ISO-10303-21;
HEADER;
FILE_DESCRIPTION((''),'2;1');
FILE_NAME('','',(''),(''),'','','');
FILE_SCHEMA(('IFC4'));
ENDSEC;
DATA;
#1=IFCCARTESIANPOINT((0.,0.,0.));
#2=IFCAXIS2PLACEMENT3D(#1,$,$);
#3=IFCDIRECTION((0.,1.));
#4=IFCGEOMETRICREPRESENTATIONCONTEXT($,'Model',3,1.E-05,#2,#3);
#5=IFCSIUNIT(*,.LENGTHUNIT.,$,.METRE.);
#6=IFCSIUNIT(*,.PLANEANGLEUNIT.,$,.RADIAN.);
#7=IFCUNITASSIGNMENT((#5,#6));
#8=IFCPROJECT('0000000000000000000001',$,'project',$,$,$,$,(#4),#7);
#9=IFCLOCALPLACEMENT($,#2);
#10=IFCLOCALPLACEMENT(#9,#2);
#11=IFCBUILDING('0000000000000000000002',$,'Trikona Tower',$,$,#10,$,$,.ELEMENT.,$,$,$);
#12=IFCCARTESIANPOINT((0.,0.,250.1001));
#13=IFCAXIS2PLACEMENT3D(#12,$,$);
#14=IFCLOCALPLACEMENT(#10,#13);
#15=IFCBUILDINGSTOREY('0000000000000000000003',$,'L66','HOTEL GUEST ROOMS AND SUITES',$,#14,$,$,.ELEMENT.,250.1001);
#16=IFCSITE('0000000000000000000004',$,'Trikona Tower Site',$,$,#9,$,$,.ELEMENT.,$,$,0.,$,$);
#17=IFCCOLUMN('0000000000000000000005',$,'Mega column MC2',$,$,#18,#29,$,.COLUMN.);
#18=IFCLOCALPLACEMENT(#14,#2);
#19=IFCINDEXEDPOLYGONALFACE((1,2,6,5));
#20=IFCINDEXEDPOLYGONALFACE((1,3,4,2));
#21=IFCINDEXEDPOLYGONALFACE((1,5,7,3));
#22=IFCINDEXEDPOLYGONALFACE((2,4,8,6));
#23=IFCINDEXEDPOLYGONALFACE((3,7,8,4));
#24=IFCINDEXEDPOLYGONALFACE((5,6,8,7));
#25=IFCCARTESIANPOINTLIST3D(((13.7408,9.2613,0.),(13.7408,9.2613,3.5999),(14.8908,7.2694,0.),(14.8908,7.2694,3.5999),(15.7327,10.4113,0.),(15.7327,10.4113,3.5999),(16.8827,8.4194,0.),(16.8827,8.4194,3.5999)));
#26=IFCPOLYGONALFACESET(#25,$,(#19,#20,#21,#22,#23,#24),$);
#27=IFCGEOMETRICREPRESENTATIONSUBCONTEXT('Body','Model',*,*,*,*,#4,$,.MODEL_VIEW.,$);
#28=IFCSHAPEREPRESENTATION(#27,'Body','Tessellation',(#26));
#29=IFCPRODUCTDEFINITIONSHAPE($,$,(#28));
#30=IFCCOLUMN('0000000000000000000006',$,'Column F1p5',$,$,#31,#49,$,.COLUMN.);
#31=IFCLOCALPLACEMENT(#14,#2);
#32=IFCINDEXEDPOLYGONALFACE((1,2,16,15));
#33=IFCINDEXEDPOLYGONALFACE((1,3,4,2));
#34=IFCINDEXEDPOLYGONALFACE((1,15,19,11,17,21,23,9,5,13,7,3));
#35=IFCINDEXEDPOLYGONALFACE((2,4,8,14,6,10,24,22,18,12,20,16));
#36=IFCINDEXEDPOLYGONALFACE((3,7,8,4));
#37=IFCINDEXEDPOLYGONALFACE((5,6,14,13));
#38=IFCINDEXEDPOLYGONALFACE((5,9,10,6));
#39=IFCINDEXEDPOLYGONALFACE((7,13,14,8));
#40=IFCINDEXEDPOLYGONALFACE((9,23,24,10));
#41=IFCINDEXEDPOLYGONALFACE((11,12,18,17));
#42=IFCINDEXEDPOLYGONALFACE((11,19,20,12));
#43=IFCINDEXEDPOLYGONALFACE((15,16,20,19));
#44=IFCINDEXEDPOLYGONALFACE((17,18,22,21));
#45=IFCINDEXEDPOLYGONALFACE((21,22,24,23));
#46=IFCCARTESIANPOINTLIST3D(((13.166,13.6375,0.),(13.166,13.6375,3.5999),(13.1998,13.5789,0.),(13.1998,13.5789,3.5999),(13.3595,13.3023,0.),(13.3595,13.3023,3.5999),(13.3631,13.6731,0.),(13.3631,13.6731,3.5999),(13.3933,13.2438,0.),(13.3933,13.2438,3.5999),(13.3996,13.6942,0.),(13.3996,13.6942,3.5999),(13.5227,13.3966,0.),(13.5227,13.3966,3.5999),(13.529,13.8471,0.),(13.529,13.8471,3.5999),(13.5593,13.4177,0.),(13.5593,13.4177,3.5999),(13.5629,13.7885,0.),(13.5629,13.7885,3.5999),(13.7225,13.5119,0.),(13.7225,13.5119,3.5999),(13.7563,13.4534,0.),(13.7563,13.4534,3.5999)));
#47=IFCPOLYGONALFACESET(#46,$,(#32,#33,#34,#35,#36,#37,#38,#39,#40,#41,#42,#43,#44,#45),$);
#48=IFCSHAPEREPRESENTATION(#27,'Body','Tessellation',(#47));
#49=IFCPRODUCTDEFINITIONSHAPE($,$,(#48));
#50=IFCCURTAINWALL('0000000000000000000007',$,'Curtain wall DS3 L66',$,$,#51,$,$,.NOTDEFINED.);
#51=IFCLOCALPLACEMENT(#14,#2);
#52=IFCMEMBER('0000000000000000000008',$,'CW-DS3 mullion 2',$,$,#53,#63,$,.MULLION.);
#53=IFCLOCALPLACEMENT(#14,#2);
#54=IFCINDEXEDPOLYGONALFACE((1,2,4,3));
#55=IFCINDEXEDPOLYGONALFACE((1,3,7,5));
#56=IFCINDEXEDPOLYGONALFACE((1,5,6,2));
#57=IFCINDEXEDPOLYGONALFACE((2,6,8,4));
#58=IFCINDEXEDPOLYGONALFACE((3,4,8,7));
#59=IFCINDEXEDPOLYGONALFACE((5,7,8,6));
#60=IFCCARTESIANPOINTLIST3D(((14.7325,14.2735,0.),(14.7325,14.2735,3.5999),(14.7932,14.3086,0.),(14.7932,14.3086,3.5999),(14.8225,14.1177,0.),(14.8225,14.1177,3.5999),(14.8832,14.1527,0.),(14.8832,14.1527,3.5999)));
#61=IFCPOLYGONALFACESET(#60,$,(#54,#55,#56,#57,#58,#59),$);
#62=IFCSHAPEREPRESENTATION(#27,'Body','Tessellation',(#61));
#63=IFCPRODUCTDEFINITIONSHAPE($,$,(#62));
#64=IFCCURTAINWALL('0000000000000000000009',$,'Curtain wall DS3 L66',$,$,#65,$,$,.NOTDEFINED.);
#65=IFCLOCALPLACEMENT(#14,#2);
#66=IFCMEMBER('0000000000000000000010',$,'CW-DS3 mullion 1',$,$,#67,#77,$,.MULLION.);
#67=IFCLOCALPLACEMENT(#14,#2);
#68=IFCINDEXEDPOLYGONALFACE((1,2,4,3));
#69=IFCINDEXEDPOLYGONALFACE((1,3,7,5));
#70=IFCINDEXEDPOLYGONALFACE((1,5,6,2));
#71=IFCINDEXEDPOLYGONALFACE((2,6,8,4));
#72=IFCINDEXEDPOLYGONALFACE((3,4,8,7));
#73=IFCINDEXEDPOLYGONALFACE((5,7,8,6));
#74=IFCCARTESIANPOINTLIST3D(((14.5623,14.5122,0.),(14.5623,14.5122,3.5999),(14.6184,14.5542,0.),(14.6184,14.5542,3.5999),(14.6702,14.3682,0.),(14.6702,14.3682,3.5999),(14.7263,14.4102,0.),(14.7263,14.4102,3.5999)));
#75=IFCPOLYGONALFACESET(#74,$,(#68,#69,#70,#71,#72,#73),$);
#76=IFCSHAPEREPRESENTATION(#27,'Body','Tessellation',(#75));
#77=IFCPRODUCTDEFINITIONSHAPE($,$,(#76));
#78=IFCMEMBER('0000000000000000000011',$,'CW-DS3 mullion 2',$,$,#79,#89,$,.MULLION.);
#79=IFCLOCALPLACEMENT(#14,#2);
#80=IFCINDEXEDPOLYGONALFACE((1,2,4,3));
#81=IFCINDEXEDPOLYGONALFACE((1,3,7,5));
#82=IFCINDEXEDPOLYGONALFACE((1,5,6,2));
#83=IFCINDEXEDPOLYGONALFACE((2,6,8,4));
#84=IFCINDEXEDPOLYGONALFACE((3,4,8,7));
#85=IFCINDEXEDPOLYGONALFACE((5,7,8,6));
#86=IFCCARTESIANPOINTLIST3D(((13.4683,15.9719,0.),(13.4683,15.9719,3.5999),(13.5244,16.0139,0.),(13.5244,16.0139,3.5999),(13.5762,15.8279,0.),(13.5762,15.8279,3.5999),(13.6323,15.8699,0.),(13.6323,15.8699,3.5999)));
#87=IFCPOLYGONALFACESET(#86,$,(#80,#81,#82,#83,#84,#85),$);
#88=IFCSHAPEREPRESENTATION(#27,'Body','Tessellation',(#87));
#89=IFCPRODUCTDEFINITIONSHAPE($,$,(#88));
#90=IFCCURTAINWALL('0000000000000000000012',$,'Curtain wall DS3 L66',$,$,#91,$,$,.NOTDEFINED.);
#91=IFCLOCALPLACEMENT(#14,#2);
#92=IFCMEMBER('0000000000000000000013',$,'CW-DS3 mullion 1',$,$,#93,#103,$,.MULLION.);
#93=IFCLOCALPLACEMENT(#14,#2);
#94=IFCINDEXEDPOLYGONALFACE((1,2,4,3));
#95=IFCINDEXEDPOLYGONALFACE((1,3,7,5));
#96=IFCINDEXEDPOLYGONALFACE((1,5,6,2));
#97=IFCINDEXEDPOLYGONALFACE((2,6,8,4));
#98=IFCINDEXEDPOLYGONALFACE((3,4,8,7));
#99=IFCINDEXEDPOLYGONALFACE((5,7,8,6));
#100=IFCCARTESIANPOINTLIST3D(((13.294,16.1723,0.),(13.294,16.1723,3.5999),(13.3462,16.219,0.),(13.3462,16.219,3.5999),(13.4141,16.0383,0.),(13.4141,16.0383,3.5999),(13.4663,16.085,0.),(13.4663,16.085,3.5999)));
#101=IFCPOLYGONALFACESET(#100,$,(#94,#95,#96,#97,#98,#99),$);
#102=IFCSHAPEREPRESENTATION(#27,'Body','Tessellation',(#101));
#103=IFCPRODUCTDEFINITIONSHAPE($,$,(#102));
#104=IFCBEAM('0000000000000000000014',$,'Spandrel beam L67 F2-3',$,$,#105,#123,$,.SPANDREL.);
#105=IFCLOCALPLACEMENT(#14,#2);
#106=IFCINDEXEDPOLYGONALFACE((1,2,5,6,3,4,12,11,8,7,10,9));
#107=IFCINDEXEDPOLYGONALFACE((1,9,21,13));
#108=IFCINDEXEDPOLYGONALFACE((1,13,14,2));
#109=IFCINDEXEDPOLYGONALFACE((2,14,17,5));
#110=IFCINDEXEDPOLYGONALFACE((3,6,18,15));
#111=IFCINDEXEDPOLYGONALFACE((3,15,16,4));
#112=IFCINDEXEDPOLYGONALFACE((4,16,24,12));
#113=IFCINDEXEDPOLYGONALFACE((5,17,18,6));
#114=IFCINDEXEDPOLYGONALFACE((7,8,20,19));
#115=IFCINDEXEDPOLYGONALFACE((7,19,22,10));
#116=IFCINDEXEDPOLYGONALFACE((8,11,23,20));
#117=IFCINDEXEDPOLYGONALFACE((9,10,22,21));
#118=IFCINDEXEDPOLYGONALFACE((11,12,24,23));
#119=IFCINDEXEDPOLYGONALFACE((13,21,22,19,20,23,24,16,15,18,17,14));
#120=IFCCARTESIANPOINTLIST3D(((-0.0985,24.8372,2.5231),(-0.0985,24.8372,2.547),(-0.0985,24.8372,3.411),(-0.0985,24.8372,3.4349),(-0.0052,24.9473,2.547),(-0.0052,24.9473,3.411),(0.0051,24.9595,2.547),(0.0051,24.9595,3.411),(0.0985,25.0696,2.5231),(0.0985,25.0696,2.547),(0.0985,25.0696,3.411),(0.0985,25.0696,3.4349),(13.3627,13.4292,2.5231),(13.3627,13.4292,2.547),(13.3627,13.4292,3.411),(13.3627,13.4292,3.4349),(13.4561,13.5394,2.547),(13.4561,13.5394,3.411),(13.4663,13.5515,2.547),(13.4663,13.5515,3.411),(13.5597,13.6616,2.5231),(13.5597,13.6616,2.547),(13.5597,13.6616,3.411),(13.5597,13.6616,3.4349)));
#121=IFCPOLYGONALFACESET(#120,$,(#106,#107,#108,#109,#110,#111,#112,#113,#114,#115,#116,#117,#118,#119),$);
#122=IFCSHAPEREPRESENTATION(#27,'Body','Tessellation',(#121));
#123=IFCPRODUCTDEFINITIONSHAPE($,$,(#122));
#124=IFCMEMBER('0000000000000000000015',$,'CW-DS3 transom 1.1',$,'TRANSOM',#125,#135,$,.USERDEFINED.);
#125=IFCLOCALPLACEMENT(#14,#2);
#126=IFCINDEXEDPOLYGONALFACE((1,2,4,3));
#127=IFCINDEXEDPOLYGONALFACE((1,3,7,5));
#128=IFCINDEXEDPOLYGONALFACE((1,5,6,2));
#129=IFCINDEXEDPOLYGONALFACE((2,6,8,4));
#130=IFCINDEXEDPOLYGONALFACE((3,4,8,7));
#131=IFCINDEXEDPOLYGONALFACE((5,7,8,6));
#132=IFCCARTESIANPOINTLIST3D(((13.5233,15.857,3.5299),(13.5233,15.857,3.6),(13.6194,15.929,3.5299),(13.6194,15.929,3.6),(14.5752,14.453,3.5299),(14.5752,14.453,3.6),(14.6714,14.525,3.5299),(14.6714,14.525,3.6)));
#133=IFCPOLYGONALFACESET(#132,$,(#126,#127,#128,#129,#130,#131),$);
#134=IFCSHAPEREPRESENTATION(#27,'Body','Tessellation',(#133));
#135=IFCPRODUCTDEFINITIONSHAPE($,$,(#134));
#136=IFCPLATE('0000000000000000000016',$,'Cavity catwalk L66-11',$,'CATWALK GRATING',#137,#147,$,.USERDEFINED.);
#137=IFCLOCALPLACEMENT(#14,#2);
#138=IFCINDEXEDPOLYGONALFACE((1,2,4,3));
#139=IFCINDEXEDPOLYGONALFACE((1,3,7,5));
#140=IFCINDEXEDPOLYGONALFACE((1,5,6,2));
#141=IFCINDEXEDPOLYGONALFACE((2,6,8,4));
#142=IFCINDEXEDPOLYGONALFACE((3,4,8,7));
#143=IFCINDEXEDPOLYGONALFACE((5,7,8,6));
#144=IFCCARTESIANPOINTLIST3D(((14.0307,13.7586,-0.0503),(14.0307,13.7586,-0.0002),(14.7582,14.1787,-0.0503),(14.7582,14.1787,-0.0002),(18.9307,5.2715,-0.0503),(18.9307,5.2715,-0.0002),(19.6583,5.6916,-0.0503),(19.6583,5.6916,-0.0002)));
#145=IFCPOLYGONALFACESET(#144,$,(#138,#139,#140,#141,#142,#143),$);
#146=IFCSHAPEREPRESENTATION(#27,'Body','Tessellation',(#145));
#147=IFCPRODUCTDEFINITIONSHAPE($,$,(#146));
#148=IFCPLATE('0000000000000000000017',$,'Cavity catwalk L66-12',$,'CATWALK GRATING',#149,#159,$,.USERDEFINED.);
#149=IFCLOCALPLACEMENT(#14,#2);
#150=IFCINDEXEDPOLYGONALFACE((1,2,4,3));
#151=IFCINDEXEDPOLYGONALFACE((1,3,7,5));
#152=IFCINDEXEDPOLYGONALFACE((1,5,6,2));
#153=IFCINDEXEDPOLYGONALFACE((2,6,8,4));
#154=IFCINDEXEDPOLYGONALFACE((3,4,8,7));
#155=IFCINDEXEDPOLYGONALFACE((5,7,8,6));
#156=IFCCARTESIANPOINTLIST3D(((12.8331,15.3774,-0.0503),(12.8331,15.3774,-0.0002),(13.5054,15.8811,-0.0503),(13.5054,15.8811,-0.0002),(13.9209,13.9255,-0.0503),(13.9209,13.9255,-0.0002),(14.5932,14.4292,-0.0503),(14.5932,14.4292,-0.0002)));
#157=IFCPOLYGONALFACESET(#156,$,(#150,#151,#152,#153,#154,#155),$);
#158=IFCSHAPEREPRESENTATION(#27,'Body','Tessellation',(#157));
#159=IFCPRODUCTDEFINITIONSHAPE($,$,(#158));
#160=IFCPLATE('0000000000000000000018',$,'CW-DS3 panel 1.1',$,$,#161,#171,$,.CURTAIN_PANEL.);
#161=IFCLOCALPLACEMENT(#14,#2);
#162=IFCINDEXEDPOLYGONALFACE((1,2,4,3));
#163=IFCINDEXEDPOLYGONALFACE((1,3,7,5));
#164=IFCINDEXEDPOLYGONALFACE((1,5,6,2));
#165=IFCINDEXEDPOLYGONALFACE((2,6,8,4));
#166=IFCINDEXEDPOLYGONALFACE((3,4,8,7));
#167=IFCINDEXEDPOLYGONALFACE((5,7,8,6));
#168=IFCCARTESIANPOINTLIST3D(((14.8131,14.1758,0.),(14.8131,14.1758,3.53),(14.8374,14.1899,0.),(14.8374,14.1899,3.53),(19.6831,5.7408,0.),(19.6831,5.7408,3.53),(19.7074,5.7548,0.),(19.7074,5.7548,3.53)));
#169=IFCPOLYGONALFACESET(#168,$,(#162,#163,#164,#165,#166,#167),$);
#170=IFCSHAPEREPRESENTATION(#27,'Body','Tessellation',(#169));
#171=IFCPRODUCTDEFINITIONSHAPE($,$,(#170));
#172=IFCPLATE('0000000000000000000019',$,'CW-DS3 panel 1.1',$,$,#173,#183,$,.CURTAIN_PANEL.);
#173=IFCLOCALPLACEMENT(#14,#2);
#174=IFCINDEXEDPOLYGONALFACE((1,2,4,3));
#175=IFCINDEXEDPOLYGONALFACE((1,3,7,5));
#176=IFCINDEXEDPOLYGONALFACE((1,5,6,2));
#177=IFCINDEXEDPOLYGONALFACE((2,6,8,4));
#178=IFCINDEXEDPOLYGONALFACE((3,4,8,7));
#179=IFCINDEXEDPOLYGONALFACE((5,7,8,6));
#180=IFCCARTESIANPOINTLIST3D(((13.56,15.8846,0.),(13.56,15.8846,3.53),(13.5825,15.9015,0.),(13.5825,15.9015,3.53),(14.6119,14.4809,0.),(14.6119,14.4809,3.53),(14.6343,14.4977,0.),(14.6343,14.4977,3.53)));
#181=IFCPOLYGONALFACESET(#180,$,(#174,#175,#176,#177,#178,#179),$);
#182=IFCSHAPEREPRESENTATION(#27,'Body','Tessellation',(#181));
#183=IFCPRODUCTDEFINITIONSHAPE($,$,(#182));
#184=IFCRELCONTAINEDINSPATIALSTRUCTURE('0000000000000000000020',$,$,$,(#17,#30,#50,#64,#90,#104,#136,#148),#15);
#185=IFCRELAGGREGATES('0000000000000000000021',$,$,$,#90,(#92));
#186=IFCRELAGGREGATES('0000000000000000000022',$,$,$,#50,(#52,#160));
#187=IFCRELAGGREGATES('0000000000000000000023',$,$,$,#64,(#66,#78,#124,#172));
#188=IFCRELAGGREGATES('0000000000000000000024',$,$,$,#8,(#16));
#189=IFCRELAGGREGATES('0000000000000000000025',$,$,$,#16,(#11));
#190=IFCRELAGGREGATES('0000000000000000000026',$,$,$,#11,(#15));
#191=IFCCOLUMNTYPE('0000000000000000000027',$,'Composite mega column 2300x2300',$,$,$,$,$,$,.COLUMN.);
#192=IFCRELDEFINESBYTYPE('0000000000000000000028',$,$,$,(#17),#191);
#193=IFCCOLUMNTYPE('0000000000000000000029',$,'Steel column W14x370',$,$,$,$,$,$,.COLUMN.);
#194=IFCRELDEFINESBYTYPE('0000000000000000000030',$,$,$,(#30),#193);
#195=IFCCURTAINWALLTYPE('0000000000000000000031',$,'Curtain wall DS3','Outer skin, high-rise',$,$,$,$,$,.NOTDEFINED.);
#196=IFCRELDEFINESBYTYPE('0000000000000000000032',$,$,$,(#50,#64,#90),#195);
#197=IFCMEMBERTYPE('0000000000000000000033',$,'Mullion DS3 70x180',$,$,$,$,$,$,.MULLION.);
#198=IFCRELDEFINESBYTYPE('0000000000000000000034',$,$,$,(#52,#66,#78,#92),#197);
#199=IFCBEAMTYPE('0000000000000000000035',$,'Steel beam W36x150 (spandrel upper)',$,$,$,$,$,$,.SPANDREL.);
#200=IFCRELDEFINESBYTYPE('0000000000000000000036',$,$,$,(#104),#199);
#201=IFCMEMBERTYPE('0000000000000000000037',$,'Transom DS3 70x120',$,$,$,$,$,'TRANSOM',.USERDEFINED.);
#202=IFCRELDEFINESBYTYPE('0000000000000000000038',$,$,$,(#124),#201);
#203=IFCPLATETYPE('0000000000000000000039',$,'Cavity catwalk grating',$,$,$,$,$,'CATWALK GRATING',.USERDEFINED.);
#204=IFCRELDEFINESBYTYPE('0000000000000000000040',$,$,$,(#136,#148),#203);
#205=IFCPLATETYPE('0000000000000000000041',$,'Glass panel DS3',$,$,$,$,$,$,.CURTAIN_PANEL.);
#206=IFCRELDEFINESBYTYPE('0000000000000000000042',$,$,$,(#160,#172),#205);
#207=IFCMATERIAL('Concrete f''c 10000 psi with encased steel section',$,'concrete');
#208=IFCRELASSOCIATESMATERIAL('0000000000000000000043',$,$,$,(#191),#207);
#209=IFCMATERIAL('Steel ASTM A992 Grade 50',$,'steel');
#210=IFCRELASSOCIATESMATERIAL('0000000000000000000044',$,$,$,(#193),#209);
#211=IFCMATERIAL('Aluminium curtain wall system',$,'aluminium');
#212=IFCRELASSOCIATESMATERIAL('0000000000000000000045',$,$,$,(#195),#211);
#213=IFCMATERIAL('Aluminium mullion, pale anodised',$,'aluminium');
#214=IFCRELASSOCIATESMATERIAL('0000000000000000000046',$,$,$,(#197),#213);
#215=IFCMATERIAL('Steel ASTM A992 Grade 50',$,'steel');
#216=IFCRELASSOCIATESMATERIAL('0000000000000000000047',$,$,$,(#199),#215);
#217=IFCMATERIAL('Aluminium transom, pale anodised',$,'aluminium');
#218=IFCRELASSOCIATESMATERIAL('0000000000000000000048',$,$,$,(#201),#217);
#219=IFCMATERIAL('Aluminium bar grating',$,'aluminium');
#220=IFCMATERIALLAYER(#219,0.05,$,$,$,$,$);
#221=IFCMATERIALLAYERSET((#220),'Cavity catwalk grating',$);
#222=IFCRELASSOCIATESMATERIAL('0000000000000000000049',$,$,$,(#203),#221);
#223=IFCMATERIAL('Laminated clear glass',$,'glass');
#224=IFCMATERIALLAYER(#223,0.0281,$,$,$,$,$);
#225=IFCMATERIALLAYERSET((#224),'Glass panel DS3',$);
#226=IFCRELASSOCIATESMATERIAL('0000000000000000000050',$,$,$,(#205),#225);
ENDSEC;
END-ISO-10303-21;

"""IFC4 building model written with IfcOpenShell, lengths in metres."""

from ifc_helpers import new_model, si_unit, direction, frame, origin, origin_2d, place, context, subcontext, project, spatial, rectangle, i_section, extrude, material, layer, layer_set, material_profile, profile_set, type_object, element, aggregate, save


model = new_model("IFC4")

# Units and contexts
model_context = context("Model", 3, precision=1e-05, world=origin(), true_north=direction((0.0, 1.0)))
body_context = subcontext(model_context, "Body", "Model", "MODEL_VIEW")
ifc_project = project(units=[si_unit("LENGTHUNIT", "METRE"), si_unit("PLANEANGLEUNIT", "RADIAN")], contexts=[model_context])

# Site, building, storey
site_placement = place(None, origin())
site = spatial("IfcSite", under=ifc_project, at=site_placement, Name="Trikona Tower Site", CompositionType="ELEMENT", RefElevation=0.0)
building_placement = place(site_placement, origin())
building = spatial("IfcBuilding", under=site, at=building_placement, Name="Trikona Tower", CompositionType="ELEMENT")
storey_placement = place(building_placement, frame((0.0, 0.0, 250.1001)))
storey = spatial("IfcBuildingStorey", under=building, at=storey_placement, Name="L66", Description="HOTEL GUEST ROOMS AND SUITES", CompositionType="ELEMENT", Elevation=250.1001)

# Columns
ifc_material_1 = material(Name="Concrete f'c 10000 psi with encased steel section", Category="concrete")
ifc_material_profile_1 = material_profile(ifc_material_1, rectangle(XDim=2.3, YDim=2.3, at=origin_2d()), Name="MC2300")
ifc_profile_set_1 = profile_set([ifc_material_profile_1], Name="Concrete f'c 10000 psi with encased steel section")
column_type_1 = type_object("IfcColumnType", Name="Composite mega column 2300x2300", PredefinedType="COLUMN", material=ifc_profile_set_1)
column_1_placement = place(storey_placement, frame((15.3118, 8.8403, 0.0), z_axis=(0.0, 0.0, 1.0), x_axis=(0.866025, 0.5, 0.0)))
element("IfcColumn", 1, at=column_1_placement, inside=storey, type_object=column_type_1, Name="Mega column MC2", PredefinedType="COLUMN", context=body_context, shape_type="SweptSolid", body=[
    extrude(rectangle(XDim=2.3, YDim=2.3, at=origin_2d()), origin(), (0.0, 0.0, 1.0), 3.5999),
])
ifc_material_2 = material(Name="Steel ASTM A992 Grade 50", Category="steel")
ifc_material_profile_2 = material_profile(ifc_material_2, i_section(OverallWidth=0.4192, OverallDepth=0.4546, WebThickness=0.0422, FlangeThickness=0.0676, at=origin_2d()), Name="W14X370")
ifc_profile_set_2 = profile_set([ifc_material_profile_2], Name="Steel ASTM A992 Grade 50")
column_type_2 = type_object("IfcColumnType", Name="Steel column W14x370", PredefinedType="COLUMN", material=ifc_profile_set_2)
column_2_placement = place(storey_placement, frame((13.4612, 13.5454, 0.0), z_axis=(0.0, 0.0, 1.0), x_axis=(0.866025, 0.5, 0.0)))
element("IfcColumn", 2, at=column_2_placement, inside=storey, type_object=column_type_2, Name="Column F1p5", PredefinedType="COLUMN", context=body_context, shape_type="SweptSolid", body=[
    extrude(i_section(OverallWidth=0.4192, OverallDepth=0.4546, WebThickness=0.0422, FlangeThickness=0.0676, at=origin_2d()), origin(), (0.0, 0.0, 1.0), 3.5999),
])

# Curtain wall, member
ifc_material_3 = material(Name="Aluminium curtain wall system", Category="aluminium")
curtain_wall_type = type_object("IfcCurtainWallType", Name="Curtain wall DS3", Description="Outer skin, high-rise", PredefinedType="NOTDEFINED", material=ifc_material_3)
curtain_wall_1_placement = place(storey_placement, origin())
curtain_wall_1 = element("IfcCurtainWall", 3, at=curtain_wall_1_placement, inside=storey, type_object=curtain_wall_type, Name="Curtain wall DS3 L66", PredefinedType="NOTDEFINED")
ifc_material_4 = material(Name="Aluminium mullion, pale anodised", Category="aluminium")
ifc_material_profile_3 = material_profile(ifc_material_4, rectangle(XDim=0.0701, YDim=0.1799, at=origin_2d()), Name="MUL-DS3")
ifc_profile_set_3 = profile_set([ifc_material_profile_3], Name="Aluminium mullion, pale anodised")
member_type_1 = type_object("IfcMemberType", Name="Mullion DS3 70x180", PredefinedType="MULLION", material=ifc_profile_set_3)
member_1_placement = place(storey_placement, frame((14.8079, 14.2131, 0.0), z_axis=(0.0, 0.0, 1.0), x_axis=(-0.866025, -0.500001, 0.0)))
member_1 = element("IfcMember", 4, at=member_1_placement, type_object=member_type_1, Name="CW-DS3 mullion 2", PredefinedType="MULLION", context=body_context, shape_type="SweptSolid", body=[
    extrude(rectangle(XDim=0.0701, YDim=0.1799, at=origin_2d()), origin(), (0.0, 0.0, 1.0), 3.5999),
])

# Curtain wall, members
curtain_wall_2_placement = place(storey_placement, origin())
curtain_wall_2 = element("IfcCurtainWall", 5, at=curtain_wall_2_placement, inside=storey, type_object=curtain_wall_type, Name="Curtain wall DS3 L66", PredefinedType="NOTDEFINED")
member_2_placement = place(storey_placement, frame((14.6443, 14.4612, 0.0), z_axis=(0.0, 0.0, 1.0), x_axis=(-0.80026, -0.599654, 0.0)))
member_2 = element("IfcMember", 6, at=member_2_placement, type_object=member_type_1, Name="CW-DS3 mullion 1", PredefinedType="MULLION", context=body_context, shape_type="SweptSolid", body=[
    extrude(rectangle(XDim=0.0701, YDim=0.1799, at=origin_2d()), origin(), (0.0, 0.0, 1.0), 3.5999),
])
member_3_placement = place(storey_placement, frame((13.5503, 15.9209, 0.0), z_axis=(0.0, 0.0, 1.0), x_axis=(-0.80026, -0.599654, 0.0)))
member_3 = element("IfcMember", 7, at=member_3_placement, type_object=member_type_1, Name="CW-DS3 mullion 2", PredefinedType="MULLION", context=body_context, shape_type="SweptSolid", body=[
    extrude(rectangle(XDim=0.0701, YDim=0.1799, at=origin_2d()), origin(), (0.0, 0.0, 1.0), 3.5999),
])

# Curtain wall, member
curtain_wall_3_placement = place(storey_placement, origin())
curtain_wall_3 = element("IfcCurtainWall", 8, at=curtain_wall_3_placement, inside=storey, type_object=curtain_wall_type, Name="Curtain wall DS3 L66", PredefinedType="NOTDEFINED")
member_4_placement = place(storey_placement, frame((13.3801, 16.1287, 0.0), z_axis=(0.0, 0.0, 1.0), x_axis=(-0.744771, -0.66732, 0.0)))
member_4 = element("IfcMember", 9, at=member_4_placement, type_object=member_type_1, Name="CW-DS3 mullion 1", PredefinedType="MULLION", context=body_context, shape_type="SweptSolid", body=[
    extrude(rectangle(XDim=0.0701, YDim=0.1799, at=origin_2d()), origin(), (0.0, 0.0, 1.0), 3.5999),
])
aggregate(curtain_wall_3, [member_4])

# Beam
ifc_material_5 = material(Name="Steel ASTM A992 Grade 50", Category="steel")
ifc_material_profile_4 = material_profile(ifc_material_5, i_section(OverallWidth=0.3047, OverallDepth=0.9119, WebThickness=0.0159, FlangeThickness=0.0239, at=origin_2d()), Name="W36X150")
ifc_profile_set_4 = profile_set([ifc_material_profile_4], Name="Steel ASTM A992 Grade 50")
beam_type = type_object("IfcBeamType", Name="Steel beam W36x150 (spandrel upper)", PredefinedType="SPANDREL", material=ifc_profile_set_4)
beam_placement = place(storey_placement, frame((13.4612, 13.5454, 2.979), z_axis=(-0.762891, 0.646528, 0.0), x_axis=(-0.646528, -0.762891, 0.0)))
element("IfcBeam", 10, at=beam_placement, inside=storey, type_object=beam_type, Name="Spandrel beam L67 F2-3", PredefinedType="SPANDREL", context=body_context, shape_type="SweptSolid", body=[
    extrude(i_section(OverallWidth=0.3047, OverallDepth=0.9119, WebThickness=0.0159, FlangeThickness=0.0239, at=origin_2d()), origin(), (0.0, 0.0, 1.0), 17.645),
])

# Member
ifc_material_6 = material(Name="Aluminium transom, pale anodised", Category="aluminium")
ifc_material_profile_5 = material_profile(ifc_material_6, rectangle(XDim=0.1201, YDim=0.0701, at=origin_2d()), Name="TRN-DS3")
ifc_profile_set_5 = profile_set([ifc_material_profile_5], Name="Aluminium transom, pale anodised")
member_type_2 = type_object("IfcMemberType", Name="Transom DS3 70x120", ElementType="TRANSOM", PredefinedType="USERDEFINED", material=ifc_profile_set_5)
member_5_placement = place(storey_placement, frame((14.6233, 14.489, 3.5649), z_axis=(-0.599621, 0.800284, 0.0), x_axis=(-0.800284, -0.599621, 0.0)))
member_5 = element("IfcMember", 11, at=member_5_placement, type_object=member_type_2, Name="CW-DS3 transom 1.1", ObjectType="TRANSOM", PredefinedType="USERDEFINED", context=body_context, shape_type="SweptSolid", body=[
    extrude(rectangle(XDim=0.1201, YDim=0.0701, at=origin_2d()), origin(), (0.0, 0.0, 1.0), 1.7544),
])

# Plates
ifc_material_7 = material(Name="Aluminium bar grating", Category="aluminium")
ifc_layer_1 = layer(ifc_material_7, 0.05)
ifc_layer_set_1 = layer_set([ifc_layer_1], Name="Cavity catwalk grating")
plate_type_1 = type_object("IfcPlateType", Name="Cavity catwalk grating", ElementType="CATWALK GRATING", PredefinedType="USERDEFINED", material=ifc_layer_set_1)
plate_1_placement = place(storey_placement, frame((16.8445, 9.7251, -0.0503), z_axis=(0.0, 0.0, 1.0), x_axis=(-0.499998, 0.866026, 0.0)))
element("IfcPlate", 12, at=plate_1_placement, inside=storey, type_object=plate_type_1, Name="Cavity catwalk L66-11", ObjectType="CATWALK GRATING", PredefinedType="USERDEFINED", context=body_context, shape_type="SweptSolid", body=[
    extrude(rectangle(XDim=9.8, YDim=0.8401, at=origin_2d()), origin(), (0.0, 0.0, 1.0), 0.05),
])
plate_2_placement = place(storey_placement, frame((13.7131, 14.9033, -0.0503), z_axis=(0.0, 0.0, 1.0), x_axis=(-0.599619, 0.800286, 0.0)))
element("IfcPlate", 13, at=plate_2_placement, inside=storey, type_object=plate_type_1, Name="Cavity catwalk L66-12", ObjectType="CATWALK GRATING", PredefinedType="USERDEFINED", context=body_context, shape_type="SweptSolid", body=[
    extrude(rectangle(XDim=1.8142, YDim=0.8401, at=origin_2d()), origin(), (0.0, 0.0, 1.0), 0.05),
])

# Plates
ifc_material_8 = material(Name="Laminated clear glass", Category="glass")
ifc_layer_2 = layer(ifc_material_8, 0.0281)
ifc_layer_set_2 = layer_set([ifc_layer_2], Name="Glass panel DS3")
plate_type_2 = type_object("IfcPlateType", Name="Glass panel DS3", PredefinedType="CURTAIN_PANEL", material=ifc_layer_set_2)
plate_3_placement = place(storey_placement, frame((17.2603, 9.9653, 0.0), z_axis=(0.0, 0.0, 1.0), x_axis=(-0.500001, 0.866025, 0.0)))
plate_3 = element("IfcPlate", 14, at=plate_3_placement, type_object=plate_type_2, Name="CW-DS3 panel 1.1", PredefinedType="CURTAIN_PANEL", context=body_context, shape_type="SweptSolid", body=[
    extrude(rectangle(XDim=9.74, YDim=0.0281, at=origin_2d()), origin(), (0.0, 0.0, 1.0), 3.53),
])
aggregate(curtain_wall_1, [member_1, plate_3])
plate_4_placement = place(storey_placement, frame((14.0972, 15.1912, 0.0), z_axis=(0.0, 0.0, 1.0), x_axis=(-0.599654, 0.80026, 0.0)))
plate_4 = element("IfcPlate", 15, at=plate_4_placement, type_object=plate_type_2, Name="CW-DS3 panel 1.1", PredefinedType="CURTAIN_PANEL", context=body_context, shape_type="SweptSolid", body=[
    extrude(rectangle(XDim=1.7542, YDim=0.0281, at=origin_2d()), origin(), (0.0, 0.0, 1.0), 3.53),
])
aggregate(curtain_wall_2, [member_2, member_3, member_5, plate_4])

save(model, "model.ifc")
